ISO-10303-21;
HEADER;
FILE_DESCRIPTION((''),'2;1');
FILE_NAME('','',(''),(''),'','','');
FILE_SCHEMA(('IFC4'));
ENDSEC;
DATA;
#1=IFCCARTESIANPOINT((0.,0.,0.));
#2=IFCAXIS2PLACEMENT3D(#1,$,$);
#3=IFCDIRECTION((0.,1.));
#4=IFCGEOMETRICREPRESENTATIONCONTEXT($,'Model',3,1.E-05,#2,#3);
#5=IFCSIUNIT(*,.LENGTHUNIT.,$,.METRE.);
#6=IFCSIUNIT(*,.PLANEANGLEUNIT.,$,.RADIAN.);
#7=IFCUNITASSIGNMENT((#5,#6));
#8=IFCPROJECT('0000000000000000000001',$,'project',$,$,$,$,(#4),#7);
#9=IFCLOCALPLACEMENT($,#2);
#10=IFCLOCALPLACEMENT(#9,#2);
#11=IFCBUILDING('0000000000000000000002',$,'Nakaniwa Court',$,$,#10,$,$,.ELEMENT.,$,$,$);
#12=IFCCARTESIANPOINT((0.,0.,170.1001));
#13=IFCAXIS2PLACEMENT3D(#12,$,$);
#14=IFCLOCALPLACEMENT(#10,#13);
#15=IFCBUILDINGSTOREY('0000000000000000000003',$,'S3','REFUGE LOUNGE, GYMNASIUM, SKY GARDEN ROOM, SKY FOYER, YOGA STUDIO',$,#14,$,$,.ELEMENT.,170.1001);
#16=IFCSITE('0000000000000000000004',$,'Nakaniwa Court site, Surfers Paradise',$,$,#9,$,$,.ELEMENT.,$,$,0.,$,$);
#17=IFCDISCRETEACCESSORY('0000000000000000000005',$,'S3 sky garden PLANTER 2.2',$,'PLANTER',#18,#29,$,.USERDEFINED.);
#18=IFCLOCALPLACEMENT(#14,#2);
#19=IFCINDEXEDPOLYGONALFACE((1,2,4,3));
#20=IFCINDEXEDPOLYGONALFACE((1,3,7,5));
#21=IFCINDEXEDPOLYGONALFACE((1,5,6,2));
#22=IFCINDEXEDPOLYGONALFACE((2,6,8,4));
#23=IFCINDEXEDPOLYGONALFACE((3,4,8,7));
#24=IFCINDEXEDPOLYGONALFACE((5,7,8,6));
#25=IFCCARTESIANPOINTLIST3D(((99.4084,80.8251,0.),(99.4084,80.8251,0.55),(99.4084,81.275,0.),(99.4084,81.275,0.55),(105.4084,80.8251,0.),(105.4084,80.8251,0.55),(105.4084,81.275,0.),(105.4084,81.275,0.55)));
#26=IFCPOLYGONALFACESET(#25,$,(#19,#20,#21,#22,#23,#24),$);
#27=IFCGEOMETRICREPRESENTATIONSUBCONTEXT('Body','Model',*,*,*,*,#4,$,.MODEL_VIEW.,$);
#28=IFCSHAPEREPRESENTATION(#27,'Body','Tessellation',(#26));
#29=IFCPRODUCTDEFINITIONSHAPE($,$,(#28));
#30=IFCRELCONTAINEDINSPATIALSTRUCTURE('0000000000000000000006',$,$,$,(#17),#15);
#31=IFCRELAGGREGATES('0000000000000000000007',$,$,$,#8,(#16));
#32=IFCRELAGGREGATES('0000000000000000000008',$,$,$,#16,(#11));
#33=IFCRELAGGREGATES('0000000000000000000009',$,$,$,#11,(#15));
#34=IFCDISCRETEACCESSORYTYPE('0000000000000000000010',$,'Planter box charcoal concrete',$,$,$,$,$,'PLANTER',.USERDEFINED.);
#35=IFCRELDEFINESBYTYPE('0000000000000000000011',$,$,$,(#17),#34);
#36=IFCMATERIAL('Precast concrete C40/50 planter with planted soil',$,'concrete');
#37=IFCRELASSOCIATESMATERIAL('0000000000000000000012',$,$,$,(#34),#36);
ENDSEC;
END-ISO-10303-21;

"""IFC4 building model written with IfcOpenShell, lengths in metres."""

from ifc_helpers import new_model, si_unit, direction, frame, origin, origin_2d, place, context, subcontext, project, spatial, rectangle, extrude, material, type_object, element, save


model = new_model("IFC4")

# Units and contexts
model_context = context("Model", 3, precision=1e-05, world=origin(), true_north=direction((0.0, 1.0)))
body_context = subcontext(model_context, "Body", "Model", "MODEL_VIEW")
ifc_project = project(units=[si_unit("LENGTHUNIT", "METRE"), si_unit("PLANEANGLEUNIT", "RADIAN")], contexts=[model_context])

# Site, building, storey
site_placement = place(None, origin())
site = spatial("IfcSite", under=ifc_project, at=site_placement, Name="Nakaniwa Court site, Surfers Paradise", CompositionType="ELEMENT", RefElevation=0.0)
building_placement = place(site_placement, origin())
building = spatial("IfcBuilding", under=site, at=building_placement, Name="Nakaniwa Court", CompositionType="ELEMENT")
storey_placement = place(building_placement, frame((0.0, 0.0, 170.1001)))
storey = spatial("IfcBuildingStorey", under=building, at=storey_placement, Name="S3", Description="REFUGE LOUNGE, GYMNASIUM, SKY GARDEN ROOM, SKY FOYER, YOGA STUDIO", CompositionType="ELEMENT", Elevation=170.1001)

# Discrete accessory
ifc_material_1 = material(Name="Precast concrete C40/50 planter with planted soil", Category="concrete")
discrete_accessory_type = type_object("IfcDiscreteAccessoryType", Name="Planter box charcoal concrete", ElementType="PLANTER", PredefinedType="USERDEFINED", material=ifc_material_1)
discrete_accessory_placement = place(storey_placement, frame((102.4084, 81.05, 0.0), z_axis=(0.0, 0.0, 1.0), x_axis=(1.0, 0.0, 0.0)))
element("IfcDiscreteAccessory", 1, at=discrete_accessory_placement, inside=storey, type_object=discrete_accessory_type, Name="S3 sky garden PLANTER 2.2", ObjectType="PLANTER", PredefinedType="USERDEFINED", context=body_context, shape_type="SweptSolid", body=[
    extrude(rectangle(XDim=6.0, YDim=0.45, at=origin_2d()), origin(), (0.0, 0.0, 1.0), 0.55),
])

save(model, "model.ifc")
